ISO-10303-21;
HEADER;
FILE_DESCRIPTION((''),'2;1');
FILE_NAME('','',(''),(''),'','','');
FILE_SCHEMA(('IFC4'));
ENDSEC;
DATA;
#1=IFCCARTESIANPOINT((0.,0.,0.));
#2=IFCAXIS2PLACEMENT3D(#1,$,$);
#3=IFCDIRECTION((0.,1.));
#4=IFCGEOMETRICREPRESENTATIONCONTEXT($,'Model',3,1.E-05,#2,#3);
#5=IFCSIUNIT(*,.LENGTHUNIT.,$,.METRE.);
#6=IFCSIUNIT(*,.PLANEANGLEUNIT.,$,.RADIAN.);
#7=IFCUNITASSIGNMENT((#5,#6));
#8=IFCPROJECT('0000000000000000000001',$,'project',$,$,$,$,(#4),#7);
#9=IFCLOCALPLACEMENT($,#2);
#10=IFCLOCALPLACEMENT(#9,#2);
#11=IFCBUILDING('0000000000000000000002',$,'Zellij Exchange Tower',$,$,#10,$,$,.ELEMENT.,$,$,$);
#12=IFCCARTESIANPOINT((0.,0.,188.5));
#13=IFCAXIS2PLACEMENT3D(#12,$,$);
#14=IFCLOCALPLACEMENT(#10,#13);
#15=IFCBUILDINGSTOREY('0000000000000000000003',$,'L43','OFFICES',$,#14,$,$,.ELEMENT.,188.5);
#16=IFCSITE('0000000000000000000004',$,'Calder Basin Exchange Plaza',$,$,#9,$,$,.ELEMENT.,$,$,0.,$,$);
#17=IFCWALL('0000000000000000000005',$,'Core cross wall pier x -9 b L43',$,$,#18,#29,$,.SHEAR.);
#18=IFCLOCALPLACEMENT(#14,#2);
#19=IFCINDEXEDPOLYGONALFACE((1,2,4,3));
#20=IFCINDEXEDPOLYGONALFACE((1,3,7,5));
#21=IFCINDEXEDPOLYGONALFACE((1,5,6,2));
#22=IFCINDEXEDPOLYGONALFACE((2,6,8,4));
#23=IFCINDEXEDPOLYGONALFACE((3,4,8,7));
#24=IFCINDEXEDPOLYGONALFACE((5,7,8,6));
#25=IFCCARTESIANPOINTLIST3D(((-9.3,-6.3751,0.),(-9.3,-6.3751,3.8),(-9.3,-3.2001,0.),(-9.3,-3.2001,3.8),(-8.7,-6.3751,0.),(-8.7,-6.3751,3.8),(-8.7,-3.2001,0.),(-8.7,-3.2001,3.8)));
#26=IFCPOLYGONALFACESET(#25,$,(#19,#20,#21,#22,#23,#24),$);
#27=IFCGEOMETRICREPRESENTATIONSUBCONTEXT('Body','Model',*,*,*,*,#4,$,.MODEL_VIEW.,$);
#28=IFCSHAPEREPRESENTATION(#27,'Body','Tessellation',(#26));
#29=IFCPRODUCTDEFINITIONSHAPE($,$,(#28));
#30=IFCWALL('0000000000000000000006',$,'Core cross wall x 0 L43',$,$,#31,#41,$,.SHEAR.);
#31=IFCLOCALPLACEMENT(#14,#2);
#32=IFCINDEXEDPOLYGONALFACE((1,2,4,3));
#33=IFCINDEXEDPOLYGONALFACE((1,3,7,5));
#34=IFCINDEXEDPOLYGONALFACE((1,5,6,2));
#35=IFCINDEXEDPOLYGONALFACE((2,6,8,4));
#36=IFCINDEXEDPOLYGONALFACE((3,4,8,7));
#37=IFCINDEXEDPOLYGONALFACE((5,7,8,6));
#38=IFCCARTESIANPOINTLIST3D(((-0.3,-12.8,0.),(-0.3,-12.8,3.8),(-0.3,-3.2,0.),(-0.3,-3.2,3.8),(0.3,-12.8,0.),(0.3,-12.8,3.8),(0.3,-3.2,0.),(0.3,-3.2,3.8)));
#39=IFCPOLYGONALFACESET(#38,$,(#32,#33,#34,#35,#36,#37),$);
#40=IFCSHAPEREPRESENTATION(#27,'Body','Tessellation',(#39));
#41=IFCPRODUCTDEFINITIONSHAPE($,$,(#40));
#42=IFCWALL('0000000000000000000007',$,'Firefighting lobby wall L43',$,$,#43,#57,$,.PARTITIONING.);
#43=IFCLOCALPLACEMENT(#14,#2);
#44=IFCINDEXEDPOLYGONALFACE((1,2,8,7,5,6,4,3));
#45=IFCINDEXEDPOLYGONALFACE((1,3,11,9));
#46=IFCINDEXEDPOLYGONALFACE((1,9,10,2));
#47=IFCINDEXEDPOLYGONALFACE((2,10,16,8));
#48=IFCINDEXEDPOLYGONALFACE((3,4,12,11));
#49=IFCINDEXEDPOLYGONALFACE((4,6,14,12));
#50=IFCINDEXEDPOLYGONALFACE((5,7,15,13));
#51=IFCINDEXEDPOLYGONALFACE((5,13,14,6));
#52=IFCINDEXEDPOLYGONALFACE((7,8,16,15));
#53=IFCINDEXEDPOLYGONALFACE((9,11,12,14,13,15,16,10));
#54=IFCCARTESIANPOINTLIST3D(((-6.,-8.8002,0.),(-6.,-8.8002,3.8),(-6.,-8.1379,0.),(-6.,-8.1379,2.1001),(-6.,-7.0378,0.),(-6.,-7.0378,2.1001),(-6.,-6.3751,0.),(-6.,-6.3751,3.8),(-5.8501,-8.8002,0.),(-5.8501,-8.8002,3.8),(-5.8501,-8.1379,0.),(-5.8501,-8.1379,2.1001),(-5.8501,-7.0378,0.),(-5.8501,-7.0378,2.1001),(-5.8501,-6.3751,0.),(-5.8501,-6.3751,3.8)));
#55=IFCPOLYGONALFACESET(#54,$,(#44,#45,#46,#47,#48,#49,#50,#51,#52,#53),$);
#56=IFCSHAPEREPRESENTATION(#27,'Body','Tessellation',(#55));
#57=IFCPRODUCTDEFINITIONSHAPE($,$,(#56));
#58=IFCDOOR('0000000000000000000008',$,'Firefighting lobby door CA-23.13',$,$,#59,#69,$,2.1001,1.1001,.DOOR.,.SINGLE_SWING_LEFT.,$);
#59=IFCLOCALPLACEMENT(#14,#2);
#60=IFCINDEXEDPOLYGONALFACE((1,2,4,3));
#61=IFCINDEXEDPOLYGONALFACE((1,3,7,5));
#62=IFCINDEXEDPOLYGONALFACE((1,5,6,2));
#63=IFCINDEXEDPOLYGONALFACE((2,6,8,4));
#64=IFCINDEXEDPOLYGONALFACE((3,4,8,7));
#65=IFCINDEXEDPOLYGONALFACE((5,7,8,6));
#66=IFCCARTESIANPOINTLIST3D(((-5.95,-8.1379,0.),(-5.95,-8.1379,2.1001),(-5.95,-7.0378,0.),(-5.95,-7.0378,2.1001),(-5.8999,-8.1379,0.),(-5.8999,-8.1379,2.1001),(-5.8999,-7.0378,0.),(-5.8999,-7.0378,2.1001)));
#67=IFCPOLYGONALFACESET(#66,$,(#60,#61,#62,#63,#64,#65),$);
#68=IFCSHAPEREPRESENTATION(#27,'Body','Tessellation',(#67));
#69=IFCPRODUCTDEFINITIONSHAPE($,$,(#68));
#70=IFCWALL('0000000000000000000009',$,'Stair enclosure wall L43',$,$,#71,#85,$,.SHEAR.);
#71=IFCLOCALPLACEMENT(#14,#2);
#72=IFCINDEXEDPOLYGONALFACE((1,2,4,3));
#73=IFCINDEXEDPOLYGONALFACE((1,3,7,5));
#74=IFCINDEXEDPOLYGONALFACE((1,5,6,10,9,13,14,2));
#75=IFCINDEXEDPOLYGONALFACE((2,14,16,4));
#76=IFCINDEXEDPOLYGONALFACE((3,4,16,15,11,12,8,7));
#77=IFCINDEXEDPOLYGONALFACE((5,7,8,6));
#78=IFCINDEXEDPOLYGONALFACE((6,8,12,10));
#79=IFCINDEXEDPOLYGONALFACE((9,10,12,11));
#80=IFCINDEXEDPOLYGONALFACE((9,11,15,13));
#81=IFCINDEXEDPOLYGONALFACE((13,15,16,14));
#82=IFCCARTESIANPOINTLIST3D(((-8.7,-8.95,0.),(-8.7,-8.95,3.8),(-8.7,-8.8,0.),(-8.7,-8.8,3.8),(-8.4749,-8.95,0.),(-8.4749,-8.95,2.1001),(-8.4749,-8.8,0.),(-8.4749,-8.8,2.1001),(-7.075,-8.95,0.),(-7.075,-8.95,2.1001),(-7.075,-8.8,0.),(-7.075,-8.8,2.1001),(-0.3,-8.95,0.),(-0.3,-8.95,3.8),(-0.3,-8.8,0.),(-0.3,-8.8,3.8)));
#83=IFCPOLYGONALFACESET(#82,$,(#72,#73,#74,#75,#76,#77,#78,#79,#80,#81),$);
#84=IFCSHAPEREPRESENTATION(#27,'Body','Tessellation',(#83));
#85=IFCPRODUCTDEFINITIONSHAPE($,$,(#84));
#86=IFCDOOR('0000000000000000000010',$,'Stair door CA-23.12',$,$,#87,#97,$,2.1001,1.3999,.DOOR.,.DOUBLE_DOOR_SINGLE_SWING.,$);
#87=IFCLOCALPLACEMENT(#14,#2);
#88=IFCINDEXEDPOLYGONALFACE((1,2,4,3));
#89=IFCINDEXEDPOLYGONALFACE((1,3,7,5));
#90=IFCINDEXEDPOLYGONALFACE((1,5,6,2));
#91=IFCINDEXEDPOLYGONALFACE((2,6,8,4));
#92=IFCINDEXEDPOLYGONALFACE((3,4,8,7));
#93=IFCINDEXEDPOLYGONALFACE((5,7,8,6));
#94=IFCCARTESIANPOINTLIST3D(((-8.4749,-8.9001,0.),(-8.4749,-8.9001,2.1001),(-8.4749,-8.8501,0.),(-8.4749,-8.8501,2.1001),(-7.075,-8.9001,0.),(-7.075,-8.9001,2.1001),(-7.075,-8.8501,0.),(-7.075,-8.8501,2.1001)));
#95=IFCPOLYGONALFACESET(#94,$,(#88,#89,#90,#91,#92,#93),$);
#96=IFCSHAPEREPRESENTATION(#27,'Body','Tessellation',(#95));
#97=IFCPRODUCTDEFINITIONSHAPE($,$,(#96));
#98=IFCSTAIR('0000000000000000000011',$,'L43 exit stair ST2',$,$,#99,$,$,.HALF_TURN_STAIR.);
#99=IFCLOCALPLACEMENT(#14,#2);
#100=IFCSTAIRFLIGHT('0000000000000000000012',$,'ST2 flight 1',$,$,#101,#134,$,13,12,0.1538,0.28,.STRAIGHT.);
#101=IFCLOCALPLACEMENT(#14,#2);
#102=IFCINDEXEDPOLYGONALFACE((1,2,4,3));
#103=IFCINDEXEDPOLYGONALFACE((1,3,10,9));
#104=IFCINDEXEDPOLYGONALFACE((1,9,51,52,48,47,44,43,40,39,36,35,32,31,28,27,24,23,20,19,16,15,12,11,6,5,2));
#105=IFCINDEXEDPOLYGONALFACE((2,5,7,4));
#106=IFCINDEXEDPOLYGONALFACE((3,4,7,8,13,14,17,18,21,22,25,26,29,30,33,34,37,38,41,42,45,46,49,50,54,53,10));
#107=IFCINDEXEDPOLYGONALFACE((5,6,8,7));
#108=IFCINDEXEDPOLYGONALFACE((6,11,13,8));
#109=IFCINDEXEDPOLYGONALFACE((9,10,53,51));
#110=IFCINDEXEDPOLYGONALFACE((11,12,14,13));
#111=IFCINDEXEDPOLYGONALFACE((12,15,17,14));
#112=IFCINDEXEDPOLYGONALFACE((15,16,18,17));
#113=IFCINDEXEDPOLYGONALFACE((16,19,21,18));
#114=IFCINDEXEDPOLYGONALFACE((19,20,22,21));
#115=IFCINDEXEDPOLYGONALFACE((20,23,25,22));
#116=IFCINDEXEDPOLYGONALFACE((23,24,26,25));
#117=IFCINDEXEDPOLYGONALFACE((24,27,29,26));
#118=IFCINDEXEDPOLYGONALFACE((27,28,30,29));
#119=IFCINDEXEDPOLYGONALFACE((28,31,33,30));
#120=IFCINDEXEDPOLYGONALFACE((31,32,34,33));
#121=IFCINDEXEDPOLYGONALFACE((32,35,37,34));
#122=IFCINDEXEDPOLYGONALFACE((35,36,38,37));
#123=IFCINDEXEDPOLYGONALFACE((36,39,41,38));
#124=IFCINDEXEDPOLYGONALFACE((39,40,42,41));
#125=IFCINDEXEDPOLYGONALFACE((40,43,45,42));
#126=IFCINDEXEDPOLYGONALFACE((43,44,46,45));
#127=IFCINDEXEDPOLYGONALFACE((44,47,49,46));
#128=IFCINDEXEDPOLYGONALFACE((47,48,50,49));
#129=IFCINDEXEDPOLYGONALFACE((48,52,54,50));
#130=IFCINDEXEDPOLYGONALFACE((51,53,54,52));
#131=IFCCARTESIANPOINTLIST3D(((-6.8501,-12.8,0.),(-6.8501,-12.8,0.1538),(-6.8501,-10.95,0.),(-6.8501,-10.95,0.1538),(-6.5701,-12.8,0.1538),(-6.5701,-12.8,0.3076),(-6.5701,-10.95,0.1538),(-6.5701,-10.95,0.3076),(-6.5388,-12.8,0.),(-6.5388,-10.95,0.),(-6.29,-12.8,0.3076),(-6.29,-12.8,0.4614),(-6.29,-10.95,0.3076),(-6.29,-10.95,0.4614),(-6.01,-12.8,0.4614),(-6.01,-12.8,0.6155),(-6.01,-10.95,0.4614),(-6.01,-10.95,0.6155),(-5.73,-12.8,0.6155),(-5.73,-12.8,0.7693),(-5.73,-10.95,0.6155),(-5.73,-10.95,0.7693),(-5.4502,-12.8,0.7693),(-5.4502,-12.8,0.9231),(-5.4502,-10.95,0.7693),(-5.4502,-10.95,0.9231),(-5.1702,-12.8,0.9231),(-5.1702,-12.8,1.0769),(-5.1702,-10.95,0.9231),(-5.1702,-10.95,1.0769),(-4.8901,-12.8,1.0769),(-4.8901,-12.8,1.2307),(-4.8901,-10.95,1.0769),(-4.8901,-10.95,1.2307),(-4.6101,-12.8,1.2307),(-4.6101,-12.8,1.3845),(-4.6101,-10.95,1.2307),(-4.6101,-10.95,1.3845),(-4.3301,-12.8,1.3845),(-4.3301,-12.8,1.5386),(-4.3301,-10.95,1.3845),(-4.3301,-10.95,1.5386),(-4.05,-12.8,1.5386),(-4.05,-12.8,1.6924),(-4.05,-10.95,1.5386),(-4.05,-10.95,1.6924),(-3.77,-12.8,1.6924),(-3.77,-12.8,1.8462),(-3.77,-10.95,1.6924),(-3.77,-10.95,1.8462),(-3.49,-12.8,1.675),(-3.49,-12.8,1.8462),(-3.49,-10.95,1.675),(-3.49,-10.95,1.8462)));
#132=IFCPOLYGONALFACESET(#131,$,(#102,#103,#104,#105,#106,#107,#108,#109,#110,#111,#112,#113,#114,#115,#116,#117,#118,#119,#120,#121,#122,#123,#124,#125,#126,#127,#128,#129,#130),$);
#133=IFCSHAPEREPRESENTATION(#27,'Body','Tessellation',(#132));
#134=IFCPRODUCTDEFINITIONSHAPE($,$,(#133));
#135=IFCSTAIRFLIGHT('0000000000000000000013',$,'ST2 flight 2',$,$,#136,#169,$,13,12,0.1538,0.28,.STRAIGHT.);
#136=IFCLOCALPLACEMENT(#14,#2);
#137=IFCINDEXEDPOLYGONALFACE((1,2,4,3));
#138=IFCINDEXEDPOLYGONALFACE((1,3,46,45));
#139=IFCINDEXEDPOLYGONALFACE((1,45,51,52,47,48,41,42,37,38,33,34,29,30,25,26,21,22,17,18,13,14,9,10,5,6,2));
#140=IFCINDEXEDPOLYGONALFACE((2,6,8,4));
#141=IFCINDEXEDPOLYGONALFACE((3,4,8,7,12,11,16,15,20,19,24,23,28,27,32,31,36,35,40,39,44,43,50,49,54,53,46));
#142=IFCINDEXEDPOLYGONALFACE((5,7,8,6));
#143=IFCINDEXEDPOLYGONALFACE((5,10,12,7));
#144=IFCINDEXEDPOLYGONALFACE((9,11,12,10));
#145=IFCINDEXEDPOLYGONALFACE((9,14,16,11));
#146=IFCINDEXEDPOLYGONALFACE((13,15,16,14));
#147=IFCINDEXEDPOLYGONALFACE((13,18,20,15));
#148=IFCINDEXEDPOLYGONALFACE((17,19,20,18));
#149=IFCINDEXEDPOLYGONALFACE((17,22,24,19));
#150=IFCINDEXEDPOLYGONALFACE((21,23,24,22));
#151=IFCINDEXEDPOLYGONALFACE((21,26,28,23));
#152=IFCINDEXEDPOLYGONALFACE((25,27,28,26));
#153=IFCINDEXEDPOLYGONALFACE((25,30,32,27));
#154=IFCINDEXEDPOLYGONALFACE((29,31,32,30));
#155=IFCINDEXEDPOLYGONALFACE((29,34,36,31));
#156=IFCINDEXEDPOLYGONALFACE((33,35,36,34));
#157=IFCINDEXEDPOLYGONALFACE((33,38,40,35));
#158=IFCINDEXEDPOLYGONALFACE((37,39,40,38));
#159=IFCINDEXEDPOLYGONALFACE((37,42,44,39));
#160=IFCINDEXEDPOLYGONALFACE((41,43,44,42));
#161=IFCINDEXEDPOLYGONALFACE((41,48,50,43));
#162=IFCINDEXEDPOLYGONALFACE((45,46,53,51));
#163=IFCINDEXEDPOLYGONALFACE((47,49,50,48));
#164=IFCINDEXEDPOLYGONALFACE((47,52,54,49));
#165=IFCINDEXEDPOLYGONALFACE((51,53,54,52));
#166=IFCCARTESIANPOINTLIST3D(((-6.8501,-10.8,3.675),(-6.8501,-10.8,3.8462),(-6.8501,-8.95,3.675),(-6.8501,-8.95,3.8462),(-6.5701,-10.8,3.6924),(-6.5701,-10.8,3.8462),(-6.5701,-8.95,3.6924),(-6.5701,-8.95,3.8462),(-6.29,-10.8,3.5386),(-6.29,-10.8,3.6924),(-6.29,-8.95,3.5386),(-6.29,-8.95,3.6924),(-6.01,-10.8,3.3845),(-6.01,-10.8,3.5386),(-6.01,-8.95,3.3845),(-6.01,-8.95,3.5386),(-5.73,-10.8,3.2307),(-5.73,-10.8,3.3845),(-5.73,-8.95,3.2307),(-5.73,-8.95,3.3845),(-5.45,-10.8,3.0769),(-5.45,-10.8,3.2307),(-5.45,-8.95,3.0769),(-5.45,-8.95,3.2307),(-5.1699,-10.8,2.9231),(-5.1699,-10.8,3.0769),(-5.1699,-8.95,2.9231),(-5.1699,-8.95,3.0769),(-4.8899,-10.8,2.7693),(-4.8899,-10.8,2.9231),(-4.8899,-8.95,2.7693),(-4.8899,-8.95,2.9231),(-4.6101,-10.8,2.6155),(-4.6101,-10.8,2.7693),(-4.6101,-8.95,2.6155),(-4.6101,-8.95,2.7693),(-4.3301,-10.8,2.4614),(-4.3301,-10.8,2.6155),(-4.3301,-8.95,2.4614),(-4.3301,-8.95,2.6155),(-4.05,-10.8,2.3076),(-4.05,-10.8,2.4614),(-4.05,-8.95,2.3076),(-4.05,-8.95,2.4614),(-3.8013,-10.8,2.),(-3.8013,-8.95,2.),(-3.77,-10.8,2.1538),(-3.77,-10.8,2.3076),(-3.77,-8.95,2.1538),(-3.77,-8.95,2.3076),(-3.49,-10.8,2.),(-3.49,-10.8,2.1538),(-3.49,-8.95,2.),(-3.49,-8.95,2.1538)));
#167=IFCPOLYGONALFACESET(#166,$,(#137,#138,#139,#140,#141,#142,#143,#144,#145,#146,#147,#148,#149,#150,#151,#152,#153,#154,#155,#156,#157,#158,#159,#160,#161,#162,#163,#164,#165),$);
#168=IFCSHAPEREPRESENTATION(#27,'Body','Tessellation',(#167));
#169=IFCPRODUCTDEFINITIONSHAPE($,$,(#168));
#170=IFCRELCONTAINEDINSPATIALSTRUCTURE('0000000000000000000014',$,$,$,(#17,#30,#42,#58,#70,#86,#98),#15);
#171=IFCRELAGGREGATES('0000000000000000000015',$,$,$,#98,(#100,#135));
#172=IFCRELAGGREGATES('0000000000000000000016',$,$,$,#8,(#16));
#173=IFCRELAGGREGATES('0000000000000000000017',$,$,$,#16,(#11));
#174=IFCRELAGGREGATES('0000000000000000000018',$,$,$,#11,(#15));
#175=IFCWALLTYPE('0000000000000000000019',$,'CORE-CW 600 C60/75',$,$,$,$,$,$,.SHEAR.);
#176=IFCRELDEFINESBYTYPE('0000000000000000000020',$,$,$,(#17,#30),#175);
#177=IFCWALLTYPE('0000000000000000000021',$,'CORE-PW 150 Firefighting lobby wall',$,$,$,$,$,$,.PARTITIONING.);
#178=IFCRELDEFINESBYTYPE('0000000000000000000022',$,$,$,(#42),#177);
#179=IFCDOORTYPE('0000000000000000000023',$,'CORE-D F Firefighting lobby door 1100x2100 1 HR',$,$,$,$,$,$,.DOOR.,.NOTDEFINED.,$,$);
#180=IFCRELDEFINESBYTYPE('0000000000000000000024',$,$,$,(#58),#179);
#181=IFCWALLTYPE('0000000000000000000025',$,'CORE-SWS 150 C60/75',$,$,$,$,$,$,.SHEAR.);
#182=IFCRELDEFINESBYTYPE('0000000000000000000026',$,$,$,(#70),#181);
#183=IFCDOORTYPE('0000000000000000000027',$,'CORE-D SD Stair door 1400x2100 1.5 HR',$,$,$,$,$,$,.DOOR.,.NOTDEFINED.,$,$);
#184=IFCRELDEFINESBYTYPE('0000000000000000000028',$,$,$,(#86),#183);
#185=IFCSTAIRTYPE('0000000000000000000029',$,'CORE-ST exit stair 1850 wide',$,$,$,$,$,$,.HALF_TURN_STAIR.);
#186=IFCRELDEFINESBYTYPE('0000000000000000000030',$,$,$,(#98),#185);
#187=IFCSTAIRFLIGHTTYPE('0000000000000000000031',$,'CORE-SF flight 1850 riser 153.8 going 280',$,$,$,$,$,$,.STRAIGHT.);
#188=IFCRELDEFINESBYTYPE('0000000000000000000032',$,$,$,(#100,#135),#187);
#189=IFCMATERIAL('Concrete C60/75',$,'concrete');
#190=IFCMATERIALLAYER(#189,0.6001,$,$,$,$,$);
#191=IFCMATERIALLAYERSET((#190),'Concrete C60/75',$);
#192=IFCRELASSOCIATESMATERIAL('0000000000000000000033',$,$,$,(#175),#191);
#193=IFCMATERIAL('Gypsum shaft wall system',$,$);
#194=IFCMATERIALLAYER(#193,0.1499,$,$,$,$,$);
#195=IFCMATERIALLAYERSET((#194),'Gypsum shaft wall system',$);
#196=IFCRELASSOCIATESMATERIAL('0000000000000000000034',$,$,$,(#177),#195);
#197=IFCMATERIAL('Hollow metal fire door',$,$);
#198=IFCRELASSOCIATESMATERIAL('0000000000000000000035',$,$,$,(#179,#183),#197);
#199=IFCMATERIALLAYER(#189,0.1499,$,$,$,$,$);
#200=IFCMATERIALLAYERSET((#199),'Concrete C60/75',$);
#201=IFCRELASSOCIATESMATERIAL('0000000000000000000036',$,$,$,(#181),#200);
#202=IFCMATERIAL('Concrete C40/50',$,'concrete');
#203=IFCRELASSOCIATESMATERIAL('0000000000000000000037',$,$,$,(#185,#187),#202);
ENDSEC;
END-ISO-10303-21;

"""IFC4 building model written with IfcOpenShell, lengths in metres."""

from ifc_helpers import new_model, si_unit, direction, frame, frame_2d, origin, place, context, subcontext, project, spatial, polyline, rectangle, outline, extrude, material, layer, layer_set, type_object, element, fill, aggregate, save


model = new_model("IFC4")

# Units and contexts
model_context = context("Model", 3, precision=1e-05, world=origin(), true_north=direction((0.0, 1.0)))
body_context = subcontext(model_context, "Body", "Model", "MODEL_VIEW")
ifc_project = project(units=[si_unit("LENGTHUNIT", "METRE"), si_unit("PLANEANGLEUNIT", "RADIAN")], contexts=[model_context])

# Site, building, storey
site_placement = place(None, origin())
site = spatial("IfcSite", under=ifc_project, at=site_placement, Name="Calder Basin Exchange Plaza", CompositionType="ELEMENT", RefElevation=0.0)
building_placement = place(site_placement, origin())
building = spatial("IfcBuilding", under=site, at=building_placement, Name="Zellij Exchange Tower", CompositionType="ELEMENT")
storey_placement = place(building_placement, frame((0.0, 0.0, 188.5)))
storey = spatial("IfcBuildingStorey", under=building, at=storey_placement, Name="L43", Description="OFFICES", CompositionType="ELEMENT", Elevation=188.5)

# Walls
ifc_material_1 = material(Name="Concrete C60/75", Category="concrete")
ifc_layer_1 = layer(ifc_material_1, 0.6001)
ifc_layer_set_1 = layer_set([ifc_layer_1], Name="Concrete C60/75")
wall_type_1 = type_object("IfcWallType", Name="CORE-CW 600 C60/75", PredefinedType="SHEAR", material=ifc_layer_set_1)
wall_1_placement = place(storey_placement, frame((-9.0, -6.375, 0.0), z_axis=(0.0, 0.0, 1.0), x_axis=(0.0, 1.0, 0.0)))
element("IfcWall", 1, at=wall_1_placement, inside=storey, type_object=wall_type_1, Name="Core cross wall pier x -9 b L43", PredefinedType="SHEAR", context=body_context, shape_type="SweptSolid", body=[
    extrude(rectangle(XDim=3.175, YDim=0.6001, at=frame_2d((1.5874, 0.0))), origin(), (0.0, 0.0, 1.0), 3.8),
])
wall_2_placement = place(storey_placement, frame((0.0, -12.8, 0.0), z_axis=(0.0, 0.0, 1.0), x_axis=(0.0, 1.0, 0.0)))
element("IfcWall", 2, at=wall_2_placement, inside=storey, type_object=wall_type_1, Name="Core cross wall x 0 L43", PredefinedType="SHEAR", context=body_context, shape_type="SweptSolid", body=[
    extrude(rectangle(XDim=9.6001, YDim=0.6001, at=frame_2d((4.8, 0.0))), origin(), (0.0, 0.0, 1.0), 3.8),
])

# Walls, openings, doors
ifc_material_2 = material(Name="Gypsum shaft wall system")
ifc_layer_2 = layer(ifc_material_2, 0.1499)
ifc_layer_set_2 = layer_set([ifc_layer_2], Name="Gypsum shaft wall system")
wall_type_2 = type_object("IfcWallType", Name="CORE-PW 150 Firefighting lobby wall", PredefinedType="PARTITIONING", material=ifc_layer_set_2)
wall_3_placement = place(storey_placement, frame((-5.925, -8.8, 0.0), z_axis=(0.0, 0.0, 1.0), x_axis=(0.0, 1.0, 0.0)))
wall_3 = element("IfcWall", 3, at=wall_3_placement, inside=storey, type_object=wall_type_2, Name="Firefighting lobby wall L43", PredefinedType="PARTITIONING", context=body_context, shape_type="SweptSolid", body=[
    extrude(rectangle(XDim=2.425, YDim=0.1499, at=frame_2d((1.2124, 0.0))), origin(), (0.0, 0.0, 1.0), 3.8),
])
opening_1_placement = place(wall_3_placement, frame((0.6621, 0.0, 0.0)))
opening_1 = element("IfcOpeningElement", 4, at=opening_1_placement, cuts=wall_3, PredefinedType="OPENING", context=body_context, shape_type="SweptSolid", body=[
    extrude(rectangle(XDim=1.1001, YDim=2.1001, at=frame_2d((0.55, 1.05))), frame((0.0, 0.0869, 0.0), z_axis=(0.0, -1.0, 0.0), x_axis=(1.0, 0.0, 0.0)), (0.0, 0.0, 1.0), 0.1738),
])
ifc_material_3 = material(Name="Hollow metal fire door")
door_type_1 = type_object("IfcDoorType", Name="CORE-D F Firefighting lobby door 1100x2100 1 HR", OperationType="NOTDEFINED", PredefinedType="DOOR", material=ifc_material_3)
door_1_placement = place(opening_1_placement, origin())
door_1 = element("IfcDoor", 5, at=door_1_placement, inside=storey, type_object=door_type_1, Name="Firefighting lobby door CA-23.13", OperationType="SINGLE_SWING_LEFT", OverallHeight=2.1001, OverallWidth=1.1001, PredefinedType="DOOR", context=body_context, shape_type="SweptSolid", body=[
    extrude(rectangle(XDim=1.1001, YDim=2.1001, at=frame_2d((0.55, 1.05))), frame((0.0, 0.0249, 0.0), z_axis=(0.0, -1.0, 0.0), x_axis=(1.0, 0.0, 0.0)), (0.0, 0.0, 1.0), 0.05),
])
fill(opening_1, door_1)
ifc_layer_3 = layer(ifc_material_1, 0.1499)
ifc_layer_set_3 = layer_set([ifc_layer_3], Name="Concrete C60/75")
wall_type_3 = type_object("IfcWallType", Name="CORE-SWS 150 C60/75", PredefinedType="SHEAR", material=ifc_layer_set_3)
wall_4_placement = place(storey_placement, frame((-8.7, -8.875, 0.0), z_axis=(0.0, 0.0, 1.0), x_axis=(1.0, 0.0, 0.0)))
wall_4 = element("IfcWall", 6, at=wall_4_placement, inside=storey, type_object=wall_type_3, Name="Stair enclosure wall L43", PredefinedType="SHEAR", context=body_context, shape_type="SweptSolid", body=[
    extrude(rectangle(XDim=8.3999, YDim=0.1499, at=frame_2d((4.2, 0.0))), origin(), (0.0, 0.0, 1.0), 3.8),
])
opening_2_placement = place(wall_4_placement, frame((0.2251, 0.0, 0.0)))
opening_2 = element("IfcOpeningElement", 7, at=opening_2_placement, cuts=wall_4, PredefinedType="OPENING", context=body_context, shape_type="SweptSolid", body=[
    extrude(rectangle(XDim=1.3999, YDim=2.1001, at=frame_2d((0.7, 1.05))), frame((0.0, 0.0869, 0.0), z_axis=(0.0, -1.0, 0.0), x_axis=(1.0, 0.0, 0.0)), (0.0, 0.0, 1.0), 0.1738),
])
door_type_2 = type_object("IfcDoorType", Name="CORE-D SD Stair door 1400x2100 1.5 HR", OperationType="NOTDEFINED", PredefinedType="DOOR", material=ifc_material_3)
door_2_placement = place(opening_2_placement, origin())
door_2 = element("IfcDoor", 8, at=door_2_placement, inside=storey, type_object=door_type_2, Name="Stair door CA-23.12", OperationType="DOUBLE_DOOR_SINGLE_SWING", OverallHeight=2.1001, OverallWidth=1.3999, PredefinedType="DOOR", context=body_context, shape_type="SweptSolid", body=[
    extrude(rectangle(XDim=1.3999, YDim=2.1001, at=frame_2d((0.7, 1.05))), frame((0.0, 0.0249, 0.0), z_axis=(0.0, -1.0, 0.0), x_axis=(1.0, 0.0, 0.0)), (0.0, 0.0, 1.0), 0.05),
])
fill(opening_2, door_2)

# Stair, stair flights
ifc_material_4 = material(Name="Concrete C40/50", Category="concrete")
stair_type = type_object("IfcStairType", Name="CORE-ST exit stair 1850 wide", PredefinedType="HALF_TURN_STAIR", material=ifc_material_4)
stair_placement = place(storey_placement, origin())
stair = element("IfcStair", 9, at=stair_placement, inside=storey, type_object=stair_type, Name="L43 exit stair ST2", PredefinedType="HALF_TURN_STAIR")
stair_flight_type = type_object("IfcStairFlightType", Name="CORE-SF flight 1850 riser 153.8 going 280", PredefinedType="STRAIGHT", material=ifc_material_4)
stair_flight_1_placement = place(storey_placement, frame((-6.8501, -11.875, 0.0), z_axis=(0.0, 0.0, 1.0), x_axis=(1.0, 0.0, 0.0)))
stair_flight_1 = element("IfcStairFlight", 10, at=stair_flight_1_placement, type_object=stair_flight_type, Name="ST2 flight 1", NumberOfRisers=13, NumberOfTreads=12, PredefinedType="STRAIGHT", RiserHeight=0.1538, TreadLength=0.28, context=body_context, shape_type="SweptSolid", body=[
    extrude(outline(polyline([(0.0, 0.0), (0.0, 0.1538), (0.28, 0.1538), (0.28, 0.3076), (0.5601, 0.3076), (0.5601, 0.4614), (0.8401, 0.4614), (0.8401, 0.6155), (1.1201, 0.6155), (1.1201, 0.7693), (1.3999, 0.7693), (1.3999, 0.9231), (1.6799, 0.9231), (1.6799, 1.0769), (1.96, 1.0769), (1.96, 1.2307), (2.24, 1.2307), (2.24, 1.3845), (2.52, 1.3845), (2.52, 1.5386), (2.8, 1.5386), (2.8, 1.6924), (3.0801, 1.6924), (3.0801, 1.8462), (3.3601, 1.8462), (3.3601, 2.0), (3.3601, 1.675), (0.3113, 0.0), (0.0, 0.0)])), frame((0.0, 0.925, 0.0), z_axis=(0.0, -1.0, 0.0), x_axis=(1.0, 0.0, 0.0)), (0.0, 0.0, 1.0), 1.8501),
])
stair_flight_2_placement = place(storey_placement, frame((-3.49, -9.875, 2.0), z_axis=(0.0, 0.0, 1.0), x_axis=(-1.0, 0.0, 0.0)))
stair_flight_2 = element("IfcStairFlight", 11, at=stair_flight_2_placement, type_object=stair_flight_type, Name="ST2 flight 2", NumberOfRisers=13, NumberOfTreads=12, PredefinedType="STRAIGHT", RiserHeight=0.1538, TreadLength=0.28, context=body_context, shape_type="SweptSolid", body=[
    extrude(outline(polyline([(0.0, 0.0), (0.0, 0.1538), (0.28, 0.1538), (0.28, 0.3076), (0.5601, 0.3076), (0.5601, 0.4614), (0.8401, 0.4614), (0.8401, 0.6155), (1.1201, 0.6155), (1.1201, 0.7693), (1.3999, 0.7693), (1.3999, 0.9231), (1.6799, 0.9231), (1.6799, 1.0769), (1.96, 1.0769), (1.96, 1.2307), (2.24, 1.2307), (2.24, 1.3845), (2.52, 1.3845), (2.52, 1.5386), (2.8, 1.5386), (2.8, 1.6924), (3.0801, 1.6924), (3.0801, 1.8462), (3.3601, 1.8462), (3.3601, 2.0), (3.3601, 1.675), (0.3113, 0.0), (0.0, 0.0)])), frame((0.0, 0.925, 0.0), z_axis=(0.0, -1.0, 0.0), x_axis=(1.0, 0.0, 0.0)), (0.0, 0.0, 1.0), 1.8501),
])
aggregate(stair, [stair_flight_1, stair_flight_2])

save(model, "model.ifc")
